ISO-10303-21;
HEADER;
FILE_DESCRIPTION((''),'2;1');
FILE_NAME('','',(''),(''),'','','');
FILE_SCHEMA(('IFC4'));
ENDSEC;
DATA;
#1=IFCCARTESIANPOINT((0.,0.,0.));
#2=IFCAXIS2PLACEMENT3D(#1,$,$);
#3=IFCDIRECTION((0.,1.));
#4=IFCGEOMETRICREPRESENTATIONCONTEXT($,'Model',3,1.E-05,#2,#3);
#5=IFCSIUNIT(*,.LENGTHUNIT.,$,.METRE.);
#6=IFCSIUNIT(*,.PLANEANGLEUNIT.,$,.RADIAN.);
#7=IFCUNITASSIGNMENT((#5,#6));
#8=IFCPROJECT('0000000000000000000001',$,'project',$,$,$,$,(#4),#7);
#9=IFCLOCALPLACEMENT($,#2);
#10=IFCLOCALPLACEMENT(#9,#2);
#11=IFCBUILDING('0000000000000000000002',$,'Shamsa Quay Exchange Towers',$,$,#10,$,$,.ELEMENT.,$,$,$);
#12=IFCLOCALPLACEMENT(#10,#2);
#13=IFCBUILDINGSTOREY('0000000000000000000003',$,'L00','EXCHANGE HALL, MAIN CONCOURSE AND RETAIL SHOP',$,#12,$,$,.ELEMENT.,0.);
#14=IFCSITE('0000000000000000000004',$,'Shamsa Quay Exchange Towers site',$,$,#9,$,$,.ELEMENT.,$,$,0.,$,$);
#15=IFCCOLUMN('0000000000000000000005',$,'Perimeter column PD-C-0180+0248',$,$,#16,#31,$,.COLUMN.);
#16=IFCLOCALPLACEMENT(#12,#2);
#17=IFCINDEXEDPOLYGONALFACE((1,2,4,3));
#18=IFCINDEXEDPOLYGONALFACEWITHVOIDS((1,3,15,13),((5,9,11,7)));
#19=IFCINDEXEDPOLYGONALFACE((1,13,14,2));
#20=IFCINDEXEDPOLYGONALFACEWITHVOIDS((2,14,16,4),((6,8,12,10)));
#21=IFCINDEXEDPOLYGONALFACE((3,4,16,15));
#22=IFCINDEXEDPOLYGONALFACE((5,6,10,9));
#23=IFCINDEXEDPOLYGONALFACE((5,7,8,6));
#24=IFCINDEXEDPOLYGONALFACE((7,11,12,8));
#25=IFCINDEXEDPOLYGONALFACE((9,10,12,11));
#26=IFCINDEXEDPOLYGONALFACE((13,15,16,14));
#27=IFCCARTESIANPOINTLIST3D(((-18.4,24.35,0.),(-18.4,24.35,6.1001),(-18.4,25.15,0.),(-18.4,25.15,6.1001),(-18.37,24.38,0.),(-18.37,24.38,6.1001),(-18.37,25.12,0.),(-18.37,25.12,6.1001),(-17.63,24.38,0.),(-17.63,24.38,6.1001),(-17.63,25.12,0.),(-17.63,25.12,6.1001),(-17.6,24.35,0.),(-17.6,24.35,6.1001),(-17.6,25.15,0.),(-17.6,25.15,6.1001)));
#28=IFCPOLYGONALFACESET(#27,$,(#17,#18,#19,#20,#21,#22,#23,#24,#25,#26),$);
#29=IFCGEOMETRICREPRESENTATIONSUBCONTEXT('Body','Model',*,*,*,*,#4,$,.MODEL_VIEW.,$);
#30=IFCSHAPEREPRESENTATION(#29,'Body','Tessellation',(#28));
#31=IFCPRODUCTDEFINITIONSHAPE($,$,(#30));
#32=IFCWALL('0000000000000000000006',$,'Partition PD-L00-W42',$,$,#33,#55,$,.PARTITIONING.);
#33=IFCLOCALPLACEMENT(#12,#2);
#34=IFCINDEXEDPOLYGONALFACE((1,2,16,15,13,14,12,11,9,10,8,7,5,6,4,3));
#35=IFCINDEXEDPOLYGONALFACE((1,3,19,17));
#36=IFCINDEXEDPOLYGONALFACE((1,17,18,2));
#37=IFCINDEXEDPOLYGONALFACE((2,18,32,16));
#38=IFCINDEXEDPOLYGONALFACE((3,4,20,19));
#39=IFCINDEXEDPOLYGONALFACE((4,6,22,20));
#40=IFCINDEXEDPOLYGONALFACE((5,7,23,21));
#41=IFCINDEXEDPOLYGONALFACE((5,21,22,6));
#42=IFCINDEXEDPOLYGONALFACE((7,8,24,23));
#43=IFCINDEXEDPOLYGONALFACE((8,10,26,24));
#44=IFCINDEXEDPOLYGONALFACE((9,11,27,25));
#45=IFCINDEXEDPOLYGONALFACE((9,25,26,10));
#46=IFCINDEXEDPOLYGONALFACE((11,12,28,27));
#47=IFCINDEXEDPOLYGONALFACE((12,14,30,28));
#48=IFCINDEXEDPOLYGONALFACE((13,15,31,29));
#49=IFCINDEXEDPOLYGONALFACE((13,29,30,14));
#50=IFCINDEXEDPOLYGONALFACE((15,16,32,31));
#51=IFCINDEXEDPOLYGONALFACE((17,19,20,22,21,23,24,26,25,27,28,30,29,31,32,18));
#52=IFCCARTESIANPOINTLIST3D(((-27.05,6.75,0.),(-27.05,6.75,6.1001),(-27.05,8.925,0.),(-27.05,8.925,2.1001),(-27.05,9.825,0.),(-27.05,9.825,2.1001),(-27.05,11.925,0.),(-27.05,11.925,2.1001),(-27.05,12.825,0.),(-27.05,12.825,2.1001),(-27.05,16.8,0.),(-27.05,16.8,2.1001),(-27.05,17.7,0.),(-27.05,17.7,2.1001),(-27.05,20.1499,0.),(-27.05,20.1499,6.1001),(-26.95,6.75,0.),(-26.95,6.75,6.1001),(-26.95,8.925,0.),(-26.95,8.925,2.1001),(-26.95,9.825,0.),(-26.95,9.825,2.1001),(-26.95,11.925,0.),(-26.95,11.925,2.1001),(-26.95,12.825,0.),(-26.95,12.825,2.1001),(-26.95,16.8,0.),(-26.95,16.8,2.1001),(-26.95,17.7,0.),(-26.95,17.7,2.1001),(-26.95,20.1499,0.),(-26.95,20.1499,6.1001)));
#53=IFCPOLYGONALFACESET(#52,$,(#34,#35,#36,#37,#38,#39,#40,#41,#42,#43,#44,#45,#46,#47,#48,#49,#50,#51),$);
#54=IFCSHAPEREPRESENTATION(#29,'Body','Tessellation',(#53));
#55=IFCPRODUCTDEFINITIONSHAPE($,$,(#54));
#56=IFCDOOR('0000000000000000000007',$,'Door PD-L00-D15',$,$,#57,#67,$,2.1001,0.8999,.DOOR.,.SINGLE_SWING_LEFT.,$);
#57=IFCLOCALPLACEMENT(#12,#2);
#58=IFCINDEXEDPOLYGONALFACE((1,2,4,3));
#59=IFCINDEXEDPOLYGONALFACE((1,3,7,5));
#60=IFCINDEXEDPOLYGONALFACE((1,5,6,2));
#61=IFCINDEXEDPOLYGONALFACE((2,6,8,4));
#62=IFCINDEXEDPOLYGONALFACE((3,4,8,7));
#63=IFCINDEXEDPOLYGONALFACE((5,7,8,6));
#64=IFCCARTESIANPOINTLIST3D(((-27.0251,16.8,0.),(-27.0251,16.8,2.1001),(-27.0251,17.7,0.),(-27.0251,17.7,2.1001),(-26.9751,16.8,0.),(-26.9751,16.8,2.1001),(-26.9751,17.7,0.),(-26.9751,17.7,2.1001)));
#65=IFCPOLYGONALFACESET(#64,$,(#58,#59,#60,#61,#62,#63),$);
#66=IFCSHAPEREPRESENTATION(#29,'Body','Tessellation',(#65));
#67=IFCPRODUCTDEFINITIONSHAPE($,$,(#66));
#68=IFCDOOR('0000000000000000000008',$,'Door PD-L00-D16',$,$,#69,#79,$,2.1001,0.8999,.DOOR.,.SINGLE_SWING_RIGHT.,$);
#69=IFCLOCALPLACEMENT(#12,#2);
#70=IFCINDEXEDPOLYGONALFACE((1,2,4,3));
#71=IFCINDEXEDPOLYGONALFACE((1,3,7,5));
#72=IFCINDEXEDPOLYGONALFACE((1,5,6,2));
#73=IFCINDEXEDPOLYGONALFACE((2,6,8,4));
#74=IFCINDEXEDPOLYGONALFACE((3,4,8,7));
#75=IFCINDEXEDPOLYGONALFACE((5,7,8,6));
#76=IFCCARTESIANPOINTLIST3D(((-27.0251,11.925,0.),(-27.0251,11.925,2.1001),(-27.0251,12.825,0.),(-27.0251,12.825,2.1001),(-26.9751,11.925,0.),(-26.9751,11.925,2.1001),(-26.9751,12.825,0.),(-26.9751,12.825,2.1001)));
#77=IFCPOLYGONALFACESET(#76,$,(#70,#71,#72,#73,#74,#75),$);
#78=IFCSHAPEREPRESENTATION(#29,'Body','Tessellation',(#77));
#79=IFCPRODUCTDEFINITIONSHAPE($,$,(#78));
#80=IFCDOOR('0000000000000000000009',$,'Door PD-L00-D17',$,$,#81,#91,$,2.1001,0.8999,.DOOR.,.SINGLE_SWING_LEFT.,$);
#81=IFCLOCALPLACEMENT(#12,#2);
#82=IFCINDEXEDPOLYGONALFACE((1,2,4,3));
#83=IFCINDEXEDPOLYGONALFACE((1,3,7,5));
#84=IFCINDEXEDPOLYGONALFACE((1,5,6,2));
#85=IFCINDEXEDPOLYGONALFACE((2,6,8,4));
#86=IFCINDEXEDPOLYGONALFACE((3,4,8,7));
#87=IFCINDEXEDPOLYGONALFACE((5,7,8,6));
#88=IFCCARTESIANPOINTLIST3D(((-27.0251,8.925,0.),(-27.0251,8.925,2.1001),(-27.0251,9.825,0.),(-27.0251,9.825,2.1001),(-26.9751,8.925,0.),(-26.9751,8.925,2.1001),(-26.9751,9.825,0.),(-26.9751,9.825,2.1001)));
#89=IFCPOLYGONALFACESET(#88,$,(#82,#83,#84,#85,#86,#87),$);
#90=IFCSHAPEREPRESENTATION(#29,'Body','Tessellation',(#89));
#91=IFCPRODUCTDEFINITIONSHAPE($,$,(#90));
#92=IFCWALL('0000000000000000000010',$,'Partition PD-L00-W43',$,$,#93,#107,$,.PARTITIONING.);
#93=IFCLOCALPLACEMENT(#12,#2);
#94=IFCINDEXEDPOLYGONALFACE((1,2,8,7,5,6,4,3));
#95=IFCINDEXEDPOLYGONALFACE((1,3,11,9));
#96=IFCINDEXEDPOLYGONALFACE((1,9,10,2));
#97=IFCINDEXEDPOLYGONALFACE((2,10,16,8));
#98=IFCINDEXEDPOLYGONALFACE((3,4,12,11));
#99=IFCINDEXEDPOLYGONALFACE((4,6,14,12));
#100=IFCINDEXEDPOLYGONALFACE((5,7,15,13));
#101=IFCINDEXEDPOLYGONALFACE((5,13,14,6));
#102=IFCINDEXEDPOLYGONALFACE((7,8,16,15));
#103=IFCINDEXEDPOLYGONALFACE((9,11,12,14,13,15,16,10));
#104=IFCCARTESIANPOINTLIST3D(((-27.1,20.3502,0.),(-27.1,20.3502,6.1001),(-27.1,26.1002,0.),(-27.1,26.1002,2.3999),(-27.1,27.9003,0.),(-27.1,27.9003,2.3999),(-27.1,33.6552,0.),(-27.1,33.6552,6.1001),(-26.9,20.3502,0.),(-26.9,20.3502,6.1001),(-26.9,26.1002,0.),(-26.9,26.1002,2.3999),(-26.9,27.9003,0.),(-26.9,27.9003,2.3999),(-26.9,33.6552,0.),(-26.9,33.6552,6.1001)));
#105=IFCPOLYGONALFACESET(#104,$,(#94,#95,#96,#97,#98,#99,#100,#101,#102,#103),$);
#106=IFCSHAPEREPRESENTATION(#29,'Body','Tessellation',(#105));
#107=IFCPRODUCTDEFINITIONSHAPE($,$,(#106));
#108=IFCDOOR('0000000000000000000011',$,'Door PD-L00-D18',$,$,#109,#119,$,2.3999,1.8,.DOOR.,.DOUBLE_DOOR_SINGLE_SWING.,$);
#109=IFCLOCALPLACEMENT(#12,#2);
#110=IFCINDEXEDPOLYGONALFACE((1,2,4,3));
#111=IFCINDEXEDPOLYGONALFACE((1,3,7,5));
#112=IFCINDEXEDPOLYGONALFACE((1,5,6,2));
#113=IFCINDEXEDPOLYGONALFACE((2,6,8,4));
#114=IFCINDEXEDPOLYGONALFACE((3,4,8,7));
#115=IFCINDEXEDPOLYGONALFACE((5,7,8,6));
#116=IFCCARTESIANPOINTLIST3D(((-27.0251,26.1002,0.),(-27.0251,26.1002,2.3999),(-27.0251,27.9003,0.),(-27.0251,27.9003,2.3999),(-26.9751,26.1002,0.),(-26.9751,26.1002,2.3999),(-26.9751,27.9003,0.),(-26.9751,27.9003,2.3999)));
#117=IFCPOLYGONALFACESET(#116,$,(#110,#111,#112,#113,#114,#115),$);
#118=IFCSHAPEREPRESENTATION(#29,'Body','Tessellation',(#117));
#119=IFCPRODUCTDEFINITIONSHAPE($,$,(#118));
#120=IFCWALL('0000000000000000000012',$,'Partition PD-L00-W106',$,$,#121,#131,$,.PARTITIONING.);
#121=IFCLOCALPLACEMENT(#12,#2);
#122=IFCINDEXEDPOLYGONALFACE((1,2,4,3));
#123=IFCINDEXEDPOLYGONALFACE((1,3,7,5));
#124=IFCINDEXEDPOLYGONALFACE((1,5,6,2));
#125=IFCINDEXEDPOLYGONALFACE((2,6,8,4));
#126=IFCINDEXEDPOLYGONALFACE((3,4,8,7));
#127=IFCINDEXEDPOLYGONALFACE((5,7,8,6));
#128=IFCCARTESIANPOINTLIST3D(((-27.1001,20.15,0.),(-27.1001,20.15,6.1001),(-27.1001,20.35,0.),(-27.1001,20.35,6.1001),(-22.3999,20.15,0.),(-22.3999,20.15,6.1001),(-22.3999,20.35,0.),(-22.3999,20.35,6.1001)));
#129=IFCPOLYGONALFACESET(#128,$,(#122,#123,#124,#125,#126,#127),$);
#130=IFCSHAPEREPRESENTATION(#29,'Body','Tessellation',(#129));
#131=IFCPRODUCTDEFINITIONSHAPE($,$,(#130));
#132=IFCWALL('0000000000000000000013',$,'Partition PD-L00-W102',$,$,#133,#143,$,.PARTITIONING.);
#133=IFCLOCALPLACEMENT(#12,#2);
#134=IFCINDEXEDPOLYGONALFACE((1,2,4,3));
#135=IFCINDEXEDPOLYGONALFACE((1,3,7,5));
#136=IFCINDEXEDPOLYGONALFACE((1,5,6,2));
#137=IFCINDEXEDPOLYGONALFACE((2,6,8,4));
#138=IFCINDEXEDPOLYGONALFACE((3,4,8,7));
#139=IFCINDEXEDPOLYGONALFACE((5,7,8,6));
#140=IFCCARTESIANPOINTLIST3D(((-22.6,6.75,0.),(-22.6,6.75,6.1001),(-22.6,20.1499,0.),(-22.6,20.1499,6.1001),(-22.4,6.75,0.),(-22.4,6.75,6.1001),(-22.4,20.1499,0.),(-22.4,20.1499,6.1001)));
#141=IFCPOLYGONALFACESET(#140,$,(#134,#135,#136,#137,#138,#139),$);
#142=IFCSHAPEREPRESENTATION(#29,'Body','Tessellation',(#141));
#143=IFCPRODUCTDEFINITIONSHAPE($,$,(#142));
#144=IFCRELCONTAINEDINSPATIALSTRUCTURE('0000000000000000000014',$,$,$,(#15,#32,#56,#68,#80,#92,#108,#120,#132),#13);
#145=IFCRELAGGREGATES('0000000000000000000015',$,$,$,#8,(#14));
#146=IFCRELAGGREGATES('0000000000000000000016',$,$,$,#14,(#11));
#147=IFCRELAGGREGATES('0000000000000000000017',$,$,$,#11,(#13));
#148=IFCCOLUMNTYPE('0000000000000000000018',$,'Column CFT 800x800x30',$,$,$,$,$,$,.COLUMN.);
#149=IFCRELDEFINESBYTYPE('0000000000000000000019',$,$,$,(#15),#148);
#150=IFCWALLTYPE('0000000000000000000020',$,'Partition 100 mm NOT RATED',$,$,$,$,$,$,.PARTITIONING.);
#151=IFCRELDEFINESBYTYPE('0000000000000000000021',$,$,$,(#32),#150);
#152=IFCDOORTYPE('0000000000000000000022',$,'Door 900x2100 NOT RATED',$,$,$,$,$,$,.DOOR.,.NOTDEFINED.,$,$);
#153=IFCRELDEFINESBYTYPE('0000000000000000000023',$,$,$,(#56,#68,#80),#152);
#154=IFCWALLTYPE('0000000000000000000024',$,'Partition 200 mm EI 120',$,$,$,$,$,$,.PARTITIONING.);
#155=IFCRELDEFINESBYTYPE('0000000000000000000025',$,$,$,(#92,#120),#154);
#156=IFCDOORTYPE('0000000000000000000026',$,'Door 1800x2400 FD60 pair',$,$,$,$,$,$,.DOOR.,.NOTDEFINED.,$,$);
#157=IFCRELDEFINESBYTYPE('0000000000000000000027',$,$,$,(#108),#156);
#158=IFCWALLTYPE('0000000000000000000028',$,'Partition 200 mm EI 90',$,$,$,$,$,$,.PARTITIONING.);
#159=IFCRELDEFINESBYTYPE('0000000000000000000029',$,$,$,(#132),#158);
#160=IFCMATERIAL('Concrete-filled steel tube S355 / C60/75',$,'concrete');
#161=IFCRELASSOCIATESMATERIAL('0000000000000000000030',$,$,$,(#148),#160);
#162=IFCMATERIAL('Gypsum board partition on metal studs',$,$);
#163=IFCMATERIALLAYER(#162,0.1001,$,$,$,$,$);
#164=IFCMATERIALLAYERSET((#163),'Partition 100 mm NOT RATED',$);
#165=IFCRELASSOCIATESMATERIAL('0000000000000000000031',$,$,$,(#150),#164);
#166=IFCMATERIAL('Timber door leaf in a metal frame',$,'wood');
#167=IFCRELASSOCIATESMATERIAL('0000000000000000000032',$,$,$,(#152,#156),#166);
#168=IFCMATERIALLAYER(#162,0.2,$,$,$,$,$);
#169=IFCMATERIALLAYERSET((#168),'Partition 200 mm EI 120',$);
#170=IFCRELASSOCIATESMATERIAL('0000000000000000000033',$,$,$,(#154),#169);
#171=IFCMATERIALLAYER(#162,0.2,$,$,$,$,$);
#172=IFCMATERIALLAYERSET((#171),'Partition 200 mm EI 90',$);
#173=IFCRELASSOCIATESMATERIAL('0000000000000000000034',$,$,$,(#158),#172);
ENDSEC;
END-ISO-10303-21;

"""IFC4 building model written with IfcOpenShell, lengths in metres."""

from ifc_helpers import new_model, si_unit, direction, frame, frame_2d, origin, origin_2d, place, context, subcontext, project, spatial, rectangle, hollow_rectangle, extrude, material, layer, layer_set, material_profile, profile_set, type_object, element, fill, save


model = new_model("IFC4")

# Units and contexts
model_context = context("Model", 3, precision=1e-05, world=origin(), true_north=direction((0.0, 1.0)))
body_context = subcontext(model_context, "Body", "Model", "MODEL_VIEW")
ifc_project = project(units=[si_unit("LENGTHUNIT", "METRE"), si_unit("PLANEANGLEUNIT", "RADIAN")], contexts=[model_context])

# Site, building, storey
site_placement = place(None, origin())
site = spatial("IfcSite", under=ifc_project, at=site_placement, Name="Shamsa Quay Exchange Towers site", CompositionType="ELEMENT", RefElevation=0.0)
building_placement = place(site_placement, origin())
building = spatial("IfcBuilding", under=site, at=building_placement, Name="Shamsa Quay Exchange Towers", CompositionType="ELEMENT")
storey_placement = place(building_placement, origin())
storey = spatial("IfcBuildingStorey", under=building, at=storey_placement, Name="L00", Description="EXCHANGE HALL, MAIN CONCOURSE AND RETAIL SHOP", CompositionType="ELEMENT", Elevation=0.0)

# Column
ifc_material_1 = material(Name="Concrete-filled steel tube S355 / C60/75", Category="concrete")
ifc_material_profile_1 = material_profile(ifc_material_1, hollow_rectangle(XDim=0.8, YDim=0.8, WallThickness=0.03, at=origin_2d()), Name="CFT 800x800x30")
ifc_profile_set_1 = profile_set([ifc_material_profile_1], Name="Concrete-filled steel tube S355 / C60/75")
column_type = type_object("IfcColumnType", Name="Column CFT 800x800x30", PredefinedType="COLUMN", material=ifc_profile_set_1)
for number, where, name in (
    (1, (-18.0, 24.75, 0.0), "Perimeter column PD-C-0180+0248"),
):
    element("IfcColumn", number, at=place(storey_placement, frame(where)), inside=storey, type_object=column_type, Name=name, PredefinedType="COLUMN", context=body_context, shape_type="SweptSolid", body=[
        extrude(hollow_rectangle(XDim=0.8, YDim=0.8, WallThickness=0.03, at=origin_2d()), origin(), (0.0, 0.0, 1.0), 6.1001),
    ])

# Wall, openings, doors
ifc_material_2 = material(Name="Gypsum board partition on metal studs")
ifc_layer_1 = layer(ifc_material_2, 0.1001)
ifc_layer_set_1 = layer_set([ifc_layer_1], Name="Partition 100 mm NOT RATED")
wall_type_1 = type_object("IfcWallType", Name="Partition 100 mm NOT RATED", PredefinedType="PARTITIONING", material=ifc_layer_set_1)
wall_1_placement = place(storey_placement, frame((-27.0, 20.1499, 0.0), z_axis=(0.0, 0.0, 1.0), x_axis=(0.0, -1.0, 0.0)))
wall_1 = element("IfcWall", 2, at=wall_1_placement, inside=storey, type_object=wall_type_1, Name="Partition PD-L00-W42", PredefinedType="PARTITIONING", context=body_context, shape_type="SweptSolid", body=[
    extrude(rectangle(XDim=13.3999, YDim=0.1001, at=frame_2d((6.7, 0.0))), origin(), (0.0, 0.0, 1.0), 6.1001),
])
opening_1_placement = place(wall_1_placement, frame((2.45, 0.0, 0.0)))
opening_1 = element("IfcOpeningElement", 3, at=opening_1_placement, cuts=wall_1, PredefinedType="OPENING", context=body_context, shape_type="SweptSolid", body=[
    extrude(rectangle(XDim=0.8999, YDim=2.1001, at=frame_2d((0.45, 1.05))), frame((0.0, 0.0601, 0.0), z_axis=(0.0, -1.0, 0.0), x_axis=(1.0, 0.0, 0.0)), (0.0, 0.0, 1.0), 0.1201),
])
opening_2_placement = place(wall_1_placement, frame((7.325, 0.0, 0.0)))
opening_2 = element("IfcOpeningElement", 4, at=opening_2_placement, cuts=wall_1, PredefinedType="OPENING", context=body_context, shape_type="SweptSolid", body=[
    extrude(rectangle(XDim=0.8999, YDim=2.1001, at=frame_2d((0.45, 1.05))), frame((0.0, 0.0601, 0.0), z_axis=(0.0, -1.0, 0.0), x_axis=(1.0, 0.0, 0.0)), (0.0, 0.0, 1.0), 0.1201),
])
opening_3_placement = place(wall_1_placement, frame((10.325, 0.0, 0.0)))
opening_3 = element("IfcOpeningElement", 5, at=opening_3_placement, cuts=wall_1, PredefinedType="OPENING", context=body_context, shape_type="SweptSolid", body=[
    extrude(rectangle(XDim=0.8999, YDim=2.1001, at=frame_2d((0.45, 1.05))), frame((0.0, 0.0601, 0.0), z_axis=(0.0, -1.0, 0.0), x_axis=(1.0, 0.0, 0.0)), (0.0, 0.0, 1.0), 0.1201),
])
ifc_material_3 = material(Name="Timber door leaf in a metal frame", Category="wood")
door_type_1 = type_object("IfcDoorType", Name="Door 900x2100 NOT RATED", OperationType="NOTDEFINED", PredefinedType="DOOR", material=ifc_material_3)
door_1_placement = place(opening_1_placement, origin())
door_1 = element("IfcDoor", 6, at=door_1_placement, inside=storey, type_object=door_type_1, Name="Door PD-L00-D15", OperationType="SINGLE_SWING_LEFT", OverallHeight=2.1001, OverallWidth=0.8999, PredefinedType="DOOR", context=body_context, shape_type="SweptSolid", body=[
    extrude(rectangle(XDim=0.8999, YDim=2.1001, at=frame_2d((0.45, 1.05))), frame((0.0, 0.0249, 0.0), z_axis=(0.0, -1.0, 0.0), x_axis=(1.0, 0.0, 0.0)), (0.0, 0.0, 1.0), 0.05),
])
fill(opening_1, door_1)
door_2_placement = place(opening_2_placement, origin())
door_2 = element("IfcDoor", 7, at=door_2_placement, inside=storey, type_object=door_type_1, Name="Door PD-L00-D16", OperationType="SINGLE_SWING_RIGHT", OverallHeight=2.1001, OverallWidth=0.8999, PredefinedType="DOOR", context=body_context, shape_type="SweptSolid", body=[
    extrude(rectangle(XDim=0.8999, YDim=2.1001, at=frame_2d((0.45, 1.05))), frame((0.0, 0.0249, 0.0), z_axis=(0.0, -1.0, 0.0), x_axis=(1.0, 0.0, 0.0)), (0.0, 0.0, 1.0), 0.05),
])
fill(opening_2, door_2)
door_3_placement = place(opening_3_placement, origin())
door_3 = element("IfcDoor", 8, at=door_3_placement, inside=storey, type_object=door_type_1, Name="Door PD-L00-D17", OperationType="SINGLE_SWING_LEFT", OverallHeight=2.1001, OverallWidth=0.8999, PredefinedType="DOOR", context=body_context, shape_type="SweptSolid", body=[
    extrude(rectangle(XDim=0.8999, YDim=2.1001, at=frame_2d((0.45, 1.05))), frame((0.0, 0.0249, 0.0), z_axis=(0.0, -1.0, 0.0), x_axis=(1.0, 0.0, 0.0)), (0.0, 0.0, 1.0), 0.05),
])
fill(opening_3, door_3)

# Wall, opening, door
ifc_layer_2 = layer(ifc_material_2, 0.2)
ifc_layer_set_2 = layer_set([ifc_layer_2], Name="Partition 200 mm EI 120")
wall_type_2 = type_object("IfcWallType", Name="Partition 200 mm EI 120", PredefinedType="PARTITIONING", material=ifc_layer_set_2)
wall_2_placement = place(storey_placement, frame((-27.0, 33.655, 0.0), z_axis=(0.0, 0.0, 1.0), x_axis=(0.0, -1.0, 0.0)))
wall_2 = element("IfcWall", 9, at=wall_2_placement, inside=storey, type_object=wall_type_2, Name="Partition PD-L00-W43", PredefinedType="PARTITIONING", context=body_context, shape_type="SweptSolid", body=[
    extrude(rectangle(XDim=13.3049, YDim=0.2, at=frame_2d((6.6523, 0.0))), origin(), (0.0, 0.0, 1.0), 6.1001),
])
opening_4_placement = place(wall_2_placement, frame((5.7549, 0.0, 0.0)))
opening_4 = element("IfcOpeningElement", 10, at=opening_4_placement, cuts=wall_2, PredefinedType="OPENING", context=body_context, shape_type="SweptSolid", body=[
    extrude(rectangle(XDim=1.8, YDim=2.3999, at=frame_2d((0.8999, 1.2))), frame((0.0, 0.1099, 0.0), z_axis=(0.0, -1.0, 0.0), x_axis=(1.0, 0.0, 0.0)), (0.0, 0.0, 1.0), 0.22),
])
door_type_2 = type_object("IfcDoorType", Name="Door 1800x2400 FD60 pair", OperationType="NOTDEFINED", PredefinedType="DOOR", material=ifc_material_3)
door_4_placement = place(opening_4_placement, origin())
door_4 = element("IfcDoor", 11, at=door_4_placement, inside=storey, type_object=door_type_2, Name="Door PD-L00-D18", OperationType="DOUBLE_DOOR_SINGLE_SWING", OverallHeight=2.3999, OverallWidth=1.8, PredefinedType="DOOR", context=body_context, shape_type="SweptSolid", body=[
    extrude(rectangle(XDim=1.8, YDim=2.3999, at=frame_2d((0.8999, 1.2))), frame((0.0, 0.0249, 0.0), z_axis=(0.0, -1.0, 0.0), x_axis=(1.0, 0.0, 0.0)), (0.0, 0.0, 1.0), 0.05),
])
fill(opening_4, door_4)

# Walls
wall_3_placement = place(storey_placement, frame((-22.3999, 20.25, 0.0), z_axis=(0.0, 0.0, 1.0), x_axis=(-1.0, 0.0, 0.0)))
element("IfcWall", 12, at=wall_3_placement, inside=storey, type_object=wall_type_2, Name="Partition PD-L00-W106", PredefinedType="PARTITIONING", context=body_context, shape_type="SweptSolid", body=[
    extrude(rectangle(XDim=4.7002, YDim=0.2, at=frame_2d((2.3501, 0.0))), origin(), (0.0, 0.0, 1.0), 6.1001),
])
ifc_layer_3 = layer(ifc_material_2, 0.2)
ifc_layer_set_3 = layer_set([ifc_layer_3], Name="Partition 200 mm EI 90")
wall_type_3 = type_object("IfcWallType", Name="Partition 200 mm EI 90", PredefinedType="PARTITIONING", material=ifc_layer_set_3)
wall_4_placement = place(storey_placement, frame((-22.5, 20.1499, 0.0), z_axis=(0.0, 0.0, 1.0), x_axis=(0.0, -1.0, 0.0)))
element("IfcWall", 13, at=wall_4_placement, inside=storey, type_object=wall_type_3, Name="Partition PD-L00-W102", PredefinedType="PARTITIONING", context=body_context, shape_type="SweptSolid", body=[
    extrude(rectangle(XDim=13.3999, YDim=0.2, at=frame_2d((6.7, 0.0))), origin(), (0.0, 0.0, 1.0), 6.1001),
])

save(model, "model.ifc")
